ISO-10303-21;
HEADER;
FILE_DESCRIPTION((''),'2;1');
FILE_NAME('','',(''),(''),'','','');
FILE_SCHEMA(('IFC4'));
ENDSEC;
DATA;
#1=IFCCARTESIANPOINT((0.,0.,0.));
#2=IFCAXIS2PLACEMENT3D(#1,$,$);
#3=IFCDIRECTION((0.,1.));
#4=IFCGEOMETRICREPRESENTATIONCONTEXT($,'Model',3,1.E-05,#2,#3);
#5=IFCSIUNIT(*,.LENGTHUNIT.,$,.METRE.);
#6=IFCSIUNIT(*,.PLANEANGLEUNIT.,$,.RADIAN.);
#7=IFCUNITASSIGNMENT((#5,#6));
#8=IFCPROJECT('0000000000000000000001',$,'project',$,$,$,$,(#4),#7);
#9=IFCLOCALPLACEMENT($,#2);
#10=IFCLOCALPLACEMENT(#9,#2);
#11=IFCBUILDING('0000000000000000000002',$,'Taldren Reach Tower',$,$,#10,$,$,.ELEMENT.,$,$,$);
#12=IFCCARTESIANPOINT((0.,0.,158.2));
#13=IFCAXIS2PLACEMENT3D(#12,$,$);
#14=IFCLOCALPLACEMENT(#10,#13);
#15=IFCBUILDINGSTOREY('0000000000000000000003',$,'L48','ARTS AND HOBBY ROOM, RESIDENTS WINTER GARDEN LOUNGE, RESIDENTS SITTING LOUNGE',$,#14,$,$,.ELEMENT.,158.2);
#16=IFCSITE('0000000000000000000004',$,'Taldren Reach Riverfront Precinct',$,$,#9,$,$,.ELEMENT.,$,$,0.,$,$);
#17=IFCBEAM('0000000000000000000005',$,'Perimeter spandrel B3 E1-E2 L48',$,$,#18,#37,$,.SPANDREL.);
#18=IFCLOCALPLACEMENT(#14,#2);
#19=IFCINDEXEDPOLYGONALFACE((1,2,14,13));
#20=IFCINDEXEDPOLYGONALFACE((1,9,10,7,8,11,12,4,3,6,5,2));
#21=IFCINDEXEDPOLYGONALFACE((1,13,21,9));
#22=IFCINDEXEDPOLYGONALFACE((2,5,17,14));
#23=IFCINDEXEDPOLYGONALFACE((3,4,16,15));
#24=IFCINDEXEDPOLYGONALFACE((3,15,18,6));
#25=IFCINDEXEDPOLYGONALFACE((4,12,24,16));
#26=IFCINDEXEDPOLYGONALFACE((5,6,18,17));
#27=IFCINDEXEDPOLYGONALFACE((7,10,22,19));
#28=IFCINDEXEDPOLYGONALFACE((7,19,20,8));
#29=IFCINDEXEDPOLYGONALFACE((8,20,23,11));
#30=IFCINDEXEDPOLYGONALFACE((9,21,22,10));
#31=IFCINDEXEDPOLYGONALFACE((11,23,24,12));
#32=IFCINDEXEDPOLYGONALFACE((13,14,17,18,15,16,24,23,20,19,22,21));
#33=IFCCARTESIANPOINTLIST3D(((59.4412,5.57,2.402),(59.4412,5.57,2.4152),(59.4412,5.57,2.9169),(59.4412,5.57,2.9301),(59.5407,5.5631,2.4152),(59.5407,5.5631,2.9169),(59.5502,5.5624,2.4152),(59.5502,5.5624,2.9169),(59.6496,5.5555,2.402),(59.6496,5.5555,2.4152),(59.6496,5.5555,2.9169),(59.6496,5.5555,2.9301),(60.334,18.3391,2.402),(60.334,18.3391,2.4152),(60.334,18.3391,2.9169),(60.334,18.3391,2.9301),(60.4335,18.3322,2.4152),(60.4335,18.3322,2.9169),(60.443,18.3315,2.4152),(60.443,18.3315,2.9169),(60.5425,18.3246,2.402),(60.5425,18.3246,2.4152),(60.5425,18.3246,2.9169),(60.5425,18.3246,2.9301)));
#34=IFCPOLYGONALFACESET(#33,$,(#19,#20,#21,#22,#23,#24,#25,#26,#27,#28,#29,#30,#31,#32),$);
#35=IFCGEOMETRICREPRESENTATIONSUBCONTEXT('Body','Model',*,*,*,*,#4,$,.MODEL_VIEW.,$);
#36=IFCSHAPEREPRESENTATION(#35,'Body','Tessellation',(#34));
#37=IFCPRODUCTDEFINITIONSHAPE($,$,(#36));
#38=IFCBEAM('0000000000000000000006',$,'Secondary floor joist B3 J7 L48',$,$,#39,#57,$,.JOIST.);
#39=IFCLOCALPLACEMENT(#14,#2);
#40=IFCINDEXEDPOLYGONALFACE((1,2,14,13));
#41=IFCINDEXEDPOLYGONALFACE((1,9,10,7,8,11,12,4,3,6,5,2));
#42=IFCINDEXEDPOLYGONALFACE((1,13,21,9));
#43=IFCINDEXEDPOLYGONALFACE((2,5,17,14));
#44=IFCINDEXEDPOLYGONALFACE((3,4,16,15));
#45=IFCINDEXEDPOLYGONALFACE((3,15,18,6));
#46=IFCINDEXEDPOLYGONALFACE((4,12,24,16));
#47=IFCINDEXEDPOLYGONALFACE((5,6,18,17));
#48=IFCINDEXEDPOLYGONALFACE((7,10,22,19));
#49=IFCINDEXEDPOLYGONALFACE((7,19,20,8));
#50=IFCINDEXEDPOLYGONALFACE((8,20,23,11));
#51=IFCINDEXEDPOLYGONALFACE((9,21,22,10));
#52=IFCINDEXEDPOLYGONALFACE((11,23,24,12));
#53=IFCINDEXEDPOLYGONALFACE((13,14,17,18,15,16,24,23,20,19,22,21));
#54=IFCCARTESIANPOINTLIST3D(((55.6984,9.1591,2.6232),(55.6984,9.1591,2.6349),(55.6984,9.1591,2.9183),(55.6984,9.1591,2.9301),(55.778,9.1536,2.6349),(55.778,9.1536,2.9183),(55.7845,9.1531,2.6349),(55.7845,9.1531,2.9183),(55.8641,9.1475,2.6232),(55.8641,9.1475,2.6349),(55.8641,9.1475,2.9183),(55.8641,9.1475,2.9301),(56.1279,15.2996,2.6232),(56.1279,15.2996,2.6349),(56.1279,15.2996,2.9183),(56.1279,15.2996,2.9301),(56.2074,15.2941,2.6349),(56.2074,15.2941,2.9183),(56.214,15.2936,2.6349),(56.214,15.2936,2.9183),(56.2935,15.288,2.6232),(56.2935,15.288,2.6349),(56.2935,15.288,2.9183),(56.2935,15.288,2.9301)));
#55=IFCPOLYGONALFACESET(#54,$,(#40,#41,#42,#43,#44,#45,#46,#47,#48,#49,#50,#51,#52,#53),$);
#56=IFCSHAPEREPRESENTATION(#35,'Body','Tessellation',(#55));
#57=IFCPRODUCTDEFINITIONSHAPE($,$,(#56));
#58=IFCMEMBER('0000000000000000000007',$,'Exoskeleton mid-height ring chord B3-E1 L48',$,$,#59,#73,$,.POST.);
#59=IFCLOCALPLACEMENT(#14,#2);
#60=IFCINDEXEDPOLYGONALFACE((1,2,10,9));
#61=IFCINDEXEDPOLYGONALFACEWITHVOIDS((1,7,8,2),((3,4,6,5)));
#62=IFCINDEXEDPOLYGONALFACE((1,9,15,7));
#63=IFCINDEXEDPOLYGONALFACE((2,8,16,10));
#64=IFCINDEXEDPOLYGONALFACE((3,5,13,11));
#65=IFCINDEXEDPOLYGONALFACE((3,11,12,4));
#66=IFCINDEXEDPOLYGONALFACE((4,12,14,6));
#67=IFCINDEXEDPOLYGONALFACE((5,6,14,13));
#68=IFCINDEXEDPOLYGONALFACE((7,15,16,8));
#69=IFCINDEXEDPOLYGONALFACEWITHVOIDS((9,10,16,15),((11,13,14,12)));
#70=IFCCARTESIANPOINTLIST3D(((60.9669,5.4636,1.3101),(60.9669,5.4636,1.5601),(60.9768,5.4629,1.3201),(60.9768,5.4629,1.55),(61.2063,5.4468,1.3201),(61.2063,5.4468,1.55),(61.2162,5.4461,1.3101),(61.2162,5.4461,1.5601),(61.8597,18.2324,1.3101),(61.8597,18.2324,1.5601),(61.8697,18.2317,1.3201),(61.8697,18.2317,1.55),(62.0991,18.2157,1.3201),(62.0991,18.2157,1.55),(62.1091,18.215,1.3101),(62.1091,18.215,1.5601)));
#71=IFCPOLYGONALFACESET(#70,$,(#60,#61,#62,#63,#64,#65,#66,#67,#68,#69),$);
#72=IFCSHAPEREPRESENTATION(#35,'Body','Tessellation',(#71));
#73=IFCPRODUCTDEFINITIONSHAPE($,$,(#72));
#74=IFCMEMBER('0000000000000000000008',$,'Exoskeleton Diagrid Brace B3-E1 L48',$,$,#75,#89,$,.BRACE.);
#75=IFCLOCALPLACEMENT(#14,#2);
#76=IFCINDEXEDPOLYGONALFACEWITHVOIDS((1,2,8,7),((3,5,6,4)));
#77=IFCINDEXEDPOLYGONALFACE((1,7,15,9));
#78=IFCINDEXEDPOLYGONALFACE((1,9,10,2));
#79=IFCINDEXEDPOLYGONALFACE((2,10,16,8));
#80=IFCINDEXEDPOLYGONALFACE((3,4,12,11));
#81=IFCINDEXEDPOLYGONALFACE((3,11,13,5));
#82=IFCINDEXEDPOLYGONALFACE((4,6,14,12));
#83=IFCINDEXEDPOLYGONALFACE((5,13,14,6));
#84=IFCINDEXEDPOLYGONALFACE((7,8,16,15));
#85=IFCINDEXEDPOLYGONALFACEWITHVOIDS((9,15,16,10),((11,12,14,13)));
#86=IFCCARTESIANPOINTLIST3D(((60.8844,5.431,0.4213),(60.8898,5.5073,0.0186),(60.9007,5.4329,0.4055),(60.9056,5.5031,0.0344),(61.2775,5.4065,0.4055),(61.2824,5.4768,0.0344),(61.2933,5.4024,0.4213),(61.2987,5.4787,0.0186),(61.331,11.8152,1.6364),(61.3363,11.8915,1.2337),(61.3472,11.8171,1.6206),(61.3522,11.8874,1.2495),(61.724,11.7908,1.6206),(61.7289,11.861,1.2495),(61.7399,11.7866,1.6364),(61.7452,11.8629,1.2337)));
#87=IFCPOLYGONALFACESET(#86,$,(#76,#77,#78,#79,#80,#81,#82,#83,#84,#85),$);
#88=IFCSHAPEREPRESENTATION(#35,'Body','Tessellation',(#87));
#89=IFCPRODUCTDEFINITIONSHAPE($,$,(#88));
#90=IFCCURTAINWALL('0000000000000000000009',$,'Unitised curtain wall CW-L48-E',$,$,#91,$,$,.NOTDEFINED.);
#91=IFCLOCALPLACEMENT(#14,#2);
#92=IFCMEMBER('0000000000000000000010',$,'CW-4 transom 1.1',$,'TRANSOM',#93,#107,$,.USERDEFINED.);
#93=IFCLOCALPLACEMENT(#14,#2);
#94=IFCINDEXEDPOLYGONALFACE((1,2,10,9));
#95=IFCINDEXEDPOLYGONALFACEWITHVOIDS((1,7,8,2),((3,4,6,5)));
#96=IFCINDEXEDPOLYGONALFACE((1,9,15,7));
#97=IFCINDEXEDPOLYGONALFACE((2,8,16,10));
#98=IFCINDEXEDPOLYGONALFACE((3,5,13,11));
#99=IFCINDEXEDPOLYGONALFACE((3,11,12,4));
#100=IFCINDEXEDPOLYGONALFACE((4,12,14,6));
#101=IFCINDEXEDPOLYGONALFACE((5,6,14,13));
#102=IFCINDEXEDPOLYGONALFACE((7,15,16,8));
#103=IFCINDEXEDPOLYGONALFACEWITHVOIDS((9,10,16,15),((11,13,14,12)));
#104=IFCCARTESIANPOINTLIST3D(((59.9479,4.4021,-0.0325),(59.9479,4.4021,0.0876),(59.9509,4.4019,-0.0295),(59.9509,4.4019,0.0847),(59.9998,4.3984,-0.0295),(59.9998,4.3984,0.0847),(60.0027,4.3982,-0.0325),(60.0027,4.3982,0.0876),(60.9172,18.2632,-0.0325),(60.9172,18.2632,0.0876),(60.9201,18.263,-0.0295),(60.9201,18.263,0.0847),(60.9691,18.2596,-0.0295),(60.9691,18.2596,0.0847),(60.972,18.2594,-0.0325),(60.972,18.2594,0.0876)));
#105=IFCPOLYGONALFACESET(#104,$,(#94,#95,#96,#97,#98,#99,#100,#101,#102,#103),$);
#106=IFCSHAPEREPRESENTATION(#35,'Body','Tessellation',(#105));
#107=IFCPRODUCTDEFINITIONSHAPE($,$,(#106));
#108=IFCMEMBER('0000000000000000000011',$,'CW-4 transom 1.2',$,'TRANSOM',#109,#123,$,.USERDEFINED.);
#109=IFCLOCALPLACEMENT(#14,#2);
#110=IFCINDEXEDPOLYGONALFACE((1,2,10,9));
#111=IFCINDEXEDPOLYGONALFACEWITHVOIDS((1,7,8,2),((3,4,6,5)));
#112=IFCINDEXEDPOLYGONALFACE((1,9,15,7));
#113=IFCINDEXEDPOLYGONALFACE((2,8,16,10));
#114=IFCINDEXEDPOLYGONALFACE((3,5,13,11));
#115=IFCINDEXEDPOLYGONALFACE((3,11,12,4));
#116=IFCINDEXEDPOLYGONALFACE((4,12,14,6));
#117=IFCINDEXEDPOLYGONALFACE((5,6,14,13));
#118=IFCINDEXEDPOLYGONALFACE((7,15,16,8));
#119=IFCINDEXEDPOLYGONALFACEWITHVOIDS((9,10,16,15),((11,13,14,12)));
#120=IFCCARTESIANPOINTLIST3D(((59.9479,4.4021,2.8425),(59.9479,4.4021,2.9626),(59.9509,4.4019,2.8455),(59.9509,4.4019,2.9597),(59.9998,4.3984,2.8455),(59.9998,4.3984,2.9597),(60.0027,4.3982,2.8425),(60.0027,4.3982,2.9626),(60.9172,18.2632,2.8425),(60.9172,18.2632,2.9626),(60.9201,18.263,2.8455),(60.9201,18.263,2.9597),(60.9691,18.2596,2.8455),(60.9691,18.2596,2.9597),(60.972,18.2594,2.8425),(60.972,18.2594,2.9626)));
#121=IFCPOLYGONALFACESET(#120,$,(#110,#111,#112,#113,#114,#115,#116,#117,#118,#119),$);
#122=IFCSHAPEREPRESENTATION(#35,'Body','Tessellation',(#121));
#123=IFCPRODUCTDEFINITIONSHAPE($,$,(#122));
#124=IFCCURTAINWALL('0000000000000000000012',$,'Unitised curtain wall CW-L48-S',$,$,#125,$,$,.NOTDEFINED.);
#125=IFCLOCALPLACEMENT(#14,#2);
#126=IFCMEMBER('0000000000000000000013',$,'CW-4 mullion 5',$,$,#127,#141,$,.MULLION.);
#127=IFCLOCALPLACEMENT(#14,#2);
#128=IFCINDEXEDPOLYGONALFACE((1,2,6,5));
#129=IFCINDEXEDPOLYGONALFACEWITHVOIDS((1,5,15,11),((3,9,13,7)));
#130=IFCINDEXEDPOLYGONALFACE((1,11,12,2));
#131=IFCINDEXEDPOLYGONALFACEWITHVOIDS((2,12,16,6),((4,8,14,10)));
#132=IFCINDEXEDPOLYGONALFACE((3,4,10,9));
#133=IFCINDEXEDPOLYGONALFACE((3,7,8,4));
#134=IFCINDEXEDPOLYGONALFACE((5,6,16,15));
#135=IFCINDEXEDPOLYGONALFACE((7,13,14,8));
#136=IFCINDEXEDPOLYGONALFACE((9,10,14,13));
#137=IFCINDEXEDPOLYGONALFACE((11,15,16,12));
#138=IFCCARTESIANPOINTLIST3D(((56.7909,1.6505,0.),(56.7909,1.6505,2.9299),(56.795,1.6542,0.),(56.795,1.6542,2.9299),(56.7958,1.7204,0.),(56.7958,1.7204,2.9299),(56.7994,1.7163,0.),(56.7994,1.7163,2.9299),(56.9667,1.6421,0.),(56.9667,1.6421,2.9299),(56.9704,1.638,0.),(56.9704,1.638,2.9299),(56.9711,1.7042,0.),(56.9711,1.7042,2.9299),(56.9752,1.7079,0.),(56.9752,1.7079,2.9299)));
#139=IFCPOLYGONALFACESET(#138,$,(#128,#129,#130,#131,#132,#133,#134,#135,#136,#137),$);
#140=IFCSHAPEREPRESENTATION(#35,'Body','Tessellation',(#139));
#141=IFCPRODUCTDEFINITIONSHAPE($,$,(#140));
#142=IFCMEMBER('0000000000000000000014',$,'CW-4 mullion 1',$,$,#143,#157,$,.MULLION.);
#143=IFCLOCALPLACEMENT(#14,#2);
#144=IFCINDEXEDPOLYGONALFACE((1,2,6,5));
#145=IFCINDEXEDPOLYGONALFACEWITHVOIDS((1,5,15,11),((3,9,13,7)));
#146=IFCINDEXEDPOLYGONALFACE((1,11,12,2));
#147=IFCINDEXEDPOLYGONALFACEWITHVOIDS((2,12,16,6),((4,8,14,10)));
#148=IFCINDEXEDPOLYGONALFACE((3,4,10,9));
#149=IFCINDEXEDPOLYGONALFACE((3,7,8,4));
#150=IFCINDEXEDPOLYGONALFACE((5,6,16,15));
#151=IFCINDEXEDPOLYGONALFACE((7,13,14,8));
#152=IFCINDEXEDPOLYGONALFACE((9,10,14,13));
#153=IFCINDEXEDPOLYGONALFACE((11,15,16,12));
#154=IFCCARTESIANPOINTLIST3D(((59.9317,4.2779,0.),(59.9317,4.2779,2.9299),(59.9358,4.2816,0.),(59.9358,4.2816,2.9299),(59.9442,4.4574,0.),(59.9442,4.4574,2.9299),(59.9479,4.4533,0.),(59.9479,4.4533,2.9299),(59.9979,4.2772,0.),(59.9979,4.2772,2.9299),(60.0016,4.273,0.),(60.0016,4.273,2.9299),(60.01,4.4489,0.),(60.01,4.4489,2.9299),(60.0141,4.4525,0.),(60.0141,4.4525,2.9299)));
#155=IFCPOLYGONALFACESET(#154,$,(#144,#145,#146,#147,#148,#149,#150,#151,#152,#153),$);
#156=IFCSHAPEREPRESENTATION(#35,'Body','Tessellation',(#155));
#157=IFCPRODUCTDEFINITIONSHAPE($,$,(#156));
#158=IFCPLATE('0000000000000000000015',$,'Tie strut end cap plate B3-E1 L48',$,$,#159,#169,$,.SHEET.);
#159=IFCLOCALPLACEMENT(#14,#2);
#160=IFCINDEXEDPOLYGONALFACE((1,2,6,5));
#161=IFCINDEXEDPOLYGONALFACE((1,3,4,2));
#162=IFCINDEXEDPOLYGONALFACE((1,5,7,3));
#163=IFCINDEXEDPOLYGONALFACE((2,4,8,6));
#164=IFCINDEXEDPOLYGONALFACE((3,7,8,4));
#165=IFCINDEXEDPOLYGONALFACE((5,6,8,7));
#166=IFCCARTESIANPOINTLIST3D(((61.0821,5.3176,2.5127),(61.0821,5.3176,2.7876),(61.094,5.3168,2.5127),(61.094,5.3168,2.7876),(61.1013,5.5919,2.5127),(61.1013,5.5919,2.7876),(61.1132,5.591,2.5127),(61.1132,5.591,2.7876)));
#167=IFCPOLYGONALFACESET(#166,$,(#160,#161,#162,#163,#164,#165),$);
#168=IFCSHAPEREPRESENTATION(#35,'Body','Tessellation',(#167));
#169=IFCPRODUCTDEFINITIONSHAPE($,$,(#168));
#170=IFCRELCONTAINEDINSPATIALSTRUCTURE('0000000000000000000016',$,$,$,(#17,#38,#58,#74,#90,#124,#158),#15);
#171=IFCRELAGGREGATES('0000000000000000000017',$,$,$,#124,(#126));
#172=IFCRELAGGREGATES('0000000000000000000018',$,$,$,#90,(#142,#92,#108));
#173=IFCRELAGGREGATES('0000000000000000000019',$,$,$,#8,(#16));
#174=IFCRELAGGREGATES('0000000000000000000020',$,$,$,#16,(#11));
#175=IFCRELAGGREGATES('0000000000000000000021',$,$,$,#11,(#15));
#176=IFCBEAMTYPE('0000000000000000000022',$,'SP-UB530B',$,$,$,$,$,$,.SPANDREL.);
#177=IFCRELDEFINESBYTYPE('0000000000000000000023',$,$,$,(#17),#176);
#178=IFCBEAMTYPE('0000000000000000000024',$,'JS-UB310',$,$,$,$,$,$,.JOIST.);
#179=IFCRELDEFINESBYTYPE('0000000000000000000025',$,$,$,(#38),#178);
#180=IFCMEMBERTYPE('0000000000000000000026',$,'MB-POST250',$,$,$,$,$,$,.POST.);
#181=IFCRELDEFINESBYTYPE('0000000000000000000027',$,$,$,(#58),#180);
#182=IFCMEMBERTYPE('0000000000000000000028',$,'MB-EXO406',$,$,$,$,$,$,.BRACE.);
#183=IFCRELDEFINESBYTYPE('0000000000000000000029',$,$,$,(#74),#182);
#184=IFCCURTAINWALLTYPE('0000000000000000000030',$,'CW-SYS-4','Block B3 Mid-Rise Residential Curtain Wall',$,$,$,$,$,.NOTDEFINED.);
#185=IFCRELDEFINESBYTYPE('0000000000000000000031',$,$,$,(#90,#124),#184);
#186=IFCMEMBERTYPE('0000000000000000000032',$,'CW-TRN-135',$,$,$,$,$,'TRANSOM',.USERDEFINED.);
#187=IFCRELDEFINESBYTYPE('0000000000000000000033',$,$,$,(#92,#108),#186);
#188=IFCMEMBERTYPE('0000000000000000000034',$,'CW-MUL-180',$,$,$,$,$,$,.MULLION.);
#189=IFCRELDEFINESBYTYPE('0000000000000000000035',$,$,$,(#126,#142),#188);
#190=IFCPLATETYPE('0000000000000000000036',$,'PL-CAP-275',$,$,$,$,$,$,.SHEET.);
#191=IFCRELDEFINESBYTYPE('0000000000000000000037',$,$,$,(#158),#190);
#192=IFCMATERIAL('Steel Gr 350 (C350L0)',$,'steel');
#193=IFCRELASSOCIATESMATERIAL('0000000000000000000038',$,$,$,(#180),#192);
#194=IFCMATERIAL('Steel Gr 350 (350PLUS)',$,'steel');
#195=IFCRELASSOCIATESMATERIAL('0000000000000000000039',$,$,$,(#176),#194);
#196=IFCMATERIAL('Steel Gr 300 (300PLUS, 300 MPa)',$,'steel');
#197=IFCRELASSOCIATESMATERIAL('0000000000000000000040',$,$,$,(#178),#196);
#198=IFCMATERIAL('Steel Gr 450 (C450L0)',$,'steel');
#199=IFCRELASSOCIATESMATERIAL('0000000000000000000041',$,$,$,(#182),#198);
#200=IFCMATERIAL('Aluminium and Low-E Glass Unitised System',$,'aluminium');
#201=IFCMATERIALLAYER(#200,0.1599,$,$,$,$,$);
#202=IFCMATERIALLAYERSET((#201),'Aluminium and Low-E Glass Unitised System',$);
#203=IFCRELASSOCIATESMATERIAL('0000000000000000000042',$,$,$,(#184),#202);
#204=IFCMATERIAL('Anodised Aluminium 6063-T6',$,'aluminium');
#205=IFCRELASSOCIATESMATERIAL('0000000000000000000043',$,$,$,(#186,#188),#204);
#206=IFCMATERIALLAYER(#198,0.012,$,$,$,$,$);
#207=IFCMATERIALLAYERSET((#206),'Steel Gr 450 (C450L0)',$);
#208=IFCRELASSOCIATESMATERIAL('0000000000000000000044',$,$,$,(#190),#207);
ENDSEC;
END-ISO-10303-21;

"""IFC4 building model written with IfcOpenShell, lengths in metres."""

from ifc_helpers import new_model, si_unit, direction, frame, origin, origin_2d, place, context, subcontext, project, spatial, rectangle, hollow_rectangle, i_section, extrude, source, transform, mapped, material, layer, layer_set, material_profile, profile_set, type_object, element, aggregate, save


model = new_model("IFC4")

# Units and contexts
model_context = context("Model", 3, precision=1e-05, world=origin(), true_north=direction((0.0, 1.0)))
body_context = subcontext(model_context, "Body", "Model", "MODEL_VIEW")
ifc_project = project(units=[si_unit("LENGTHUNIT", "METRE"), si_unit("PLANEANGLEUNIT", "RADIAN")], contexts=[model_context])

# Site, building, storey
site_placement = place(None, origin())
site = spatial("IfcSite", under=ifc_project, at=site_placement, Name="Taldren Reach Riverfront Precinct", CompositionType="ELEMENT", RefElevation=0.0)
building_placement = place(site_placement, origin())
building = spatial("IfcBuilding", under=site, at=building_placement, Name="Taldren Reach Tower", CompositionType="ELEMENT")
storey_placement = place(building_placement, frame((0.0, 0.0, 158.2)))
storey = spatial("IfcBuildingStorey", under=building, at=storey_placement, Name="L48", Description="ARTS AND HOBBY ROOM, RESIDENTS WINTER GARDEN LOUNGE, RESIDENTS SITTING LOUNGE", CompositionType="ELEMENT", Elevation=158.2)

# Shared definitions
ifc_material_1 = material(Name="Steel Gr 450 (C450L0)", Category="steel")
ifc_material_2 = material(Name="Steel Gr 350 (350PLUS)", Category="steel")

# Shared definitions
ifc_material_3 = material(Name="Steel Gr 350 (C350L0)", Category="steel")
ifc_material_profile_1 = material_profile(ifc_material_3, hollow_rectangle(XDim=0.25, YDim=0.25, WallThickness=0.01, at=origin_2d()), Name="250x250x10.0SHS")
ifc_profile_set_1 = profile_set([ifc_material_profile_1], Name="Steel Gr 350 (C350L0)")
member_type_1 = type_object("IfcMemberType", Name="MB-POST250", PredefinedType="POST", material=ifc_profile_set_1)

# Beams
ifc_material_profile_2 = material_profile(ifc_material_2, i_section(OverallWidth=0.209, OverallDepth=0.5281, WebThickness=0.0095, FlangeThickness=0.0132, at=origin_2d()), Name="530UB82.0")
ifc_profile_set_2 = profile_set([ifc_material_profile_2], Name="Steel Gr 350 (350PLUS)")
beam_type_1 = type_object("IfcBeamType", Name="SP-UB530B", PredefinedType="SPANDREL", material=ifc_profile_set_2)
shared_shape_1 = source(origin(), body_context, "Body", "SweptSolid", [
    extrude(i_section(OverallWidth=0.209, OverallDepth=0.5281, WebThickness=0.0095, FlangeThickness=0.0132, at=origin_2d()), origin(), (0.0, 0.0, 1.0), 12.8003),
])
beam_1_placement = place(storey_placement, frame((59.5454, 5.5627, 2.666), z_axis=(0.069751, 0.997564, 0.0), x_axis=(-0.997564, 0.069751, 0.0)))
element("IfcBeam", 1, at=beam_1_placement, inside=storey, type_object=beam_type_1, Name="Perimeter spandrel B3 E1-E2 L48", PredefinedType="SPANDREL", context=body_context, shape_type="MappedRepresentation", body=[
    mapped(shared_shape_1, transform((0.0, 0.0, 0.0), scale=1.0)),
])
ifc_material_4 = material(Name="Steel Gr 300 (300PLUS, 300 MPa)", Category="steel")
ifc_material_profile_3 = material_profile(ifc_material_4, i_section(OverallWidth=0.166, OverallDepth=0.3069, WebThickness=0.0066, FlangeThickness=0.0117, at=origin_2d()), Name="310UB46.2")
ifc_profile_set_3 = profile_set([ifc_material_profile_3], Name="Steel Gr 300 (300PLUS, 300 MPa)")
beam_type_2 = type_object("IfcBeamType", Name="JS-UB310", PredefinedType="JOIST", material=ifc_profile_set_3)
shared_shape_2 = source(origin(), body_context, "Body", "SweptSolid", [
    extrude(i_section(OverallWidth=0.166, OverallDepth=0.3069, WebThickness=0.0066, FlangeThickness=0.0117, at=origin_2d()), origin(), (0.0, 0.0, 1.0), 6.1555),
])
beam_2_placement = place(storey_placement, frame((55.7812, 9.1533, 2.7766), z_axis=(0.069764, 0.997563, 0.0), x_axis=(-0.997563, 0.069764, 0.0)))
element("IfcBeam", 2, at=beam_2_placement, inside=storey, type_object=beam_type_2, Name="Secondary floor joist B3 J7 L48", PredefinedType="JOIST", context=body_context, shape_type="MappedRepresentation", body=[
    mapped(shared_shape_2, transform((0.0, 0.0, 0.0), scale=1.0)),
])

# Members
shared_shape_3 = source(origin(), body_context, "Body", "SweptSolid", [
    extrude(hollow_rectangle(XDim=0.25, YDim=0.25, WallThickness=0.01, at=origin_2d()), origin(), (0.0, 0.0, 1.0), 12.8),
])
member_1_placement = place(storey_placement, frame((61.0916, 5.4548, 1.4351), z_axis=(0.069752, 0.997564, 0.0), x_axis=(-0.997564, 0.069752, 0.0)))
element("IfcMember", 3, at=member_1_placement, inside=storey, type_object=member_type_1, Name="Exoskeleton mid-height ring chord B3-E1 L48", PredefinedType="POST", context=body_context, shape_type="MappedRepresentation", body=[
    mapped(shared_shape_3, transform((0.0, 0.0, 0.0), scale=1.0)),
])
ifc_material_profile_4 = material_profile(ifc_material_1, hollow_rectangle(XDim=0.4099, YDim=0.4099, WallThickness=0.0161, at=origin_2d()), Name="410x410x16.0SHS")
ifc_profile_set_4 = profile_set([ifc_material_profile_4], Name="Steel Gr 450 (C450L0)")
member_type_2 = type_object("IfcMemberType", Name="MB-EXO406", PredefinedType="BRACE", material=ifc_profile_set_4)
shared_shape_4 = source(origin(), body_context, "Body", "SweptSolid", [
    extrude(hollow_rectangle(XDim=0.4099, YDim=0.4099, WallThickness=0.0161, at=origin_2d()), origin(), (0.0, 0.0, 1.0), 6.5142),
])
member_2_placement = place(storey_placement, frame((61.0916, 5.4548, 0.22), z_axis=(0.068548, 0.980055, 0.186529), x_axis=(-0.997563, 0.069772, 0.0)))
element("IfcMember", 4, at=member_2_placement, inside=storey, type_object=member_type_2, Name="Exoskeleton Diagrid Brace B3-E1 L48", PredefinedType="BRACE", context=body_context, shape_type="MappedRepresentation", body=[
    mapped(shared_shape_4, transform((0.0, 0.0, 0.0), scale=1.0)),
])

# Curtain wall, members
ifc_material_5 = material(Name="Aluminium and Low-E Glass Unitised System", Category="aluminium")
ifc_layer_1 = layer(ifc_material_5, 0.1599)
ifc_layer_set_1 = layer_set([ifc_layer_1], Name="Aluminium and Low-E Glass Unitised System")
curtain_wall_type = type_object("IfcCurtainWallType", Name="CW-SYS-4", Description="Block B3 Mid-Rise Residential Curtain Wall", PredefinedType="NOTDEFINED", material=ifc_layer_set_1)
curtain_wall_1_placement = place(storey_placement, origin())
curtain_wall_1 = element("IfcCurtainWall", 5, at=curtain_wall_1_placement, inside=storey, type_object=curtain_wall_type, Name="Unitised curtain wall CW-L48-E", PredefinedType="NOTDEFINED")
ifc_material_6 = material(Name="Anodised Aluminium 6063-T6", Category="aluminium")
ifc_material_profile_5 = material_profile(ifc_material_6, hollow_rectangle(XDim=0.0549, YDim=0.1201, WallThickness=0.0029, at=origin_2d()), Name="ALU-120x55x3RHS")
ifc_profile_set_5 = profile_set([ifc_material_profile_5], Name="Anodised Aluminium 6063-T6")
member_type_3 = type_object("IfcMemberType", Name="CW-TRN-135", ElementType="TRANSOM", PredefinedType="USERDEFINED", material=ifc_profile_set_5)
shared_shape_5 = source(origin(), body_context, "Body", "SweptSolid", [
    extrude(hollow_rectangle(XDim=0.0549, YDim=0.1201, WallThickness=0.0029, at=origin_2d()), origin(), (0.0, 0.0, 1.0), 13.895),
])
member_3_placement = place(storey_placement, frame((59.9753, 4.4001, 0.0276), z_axis=(0.069755, 0.997564, 0.0), x_axis=(-0.997564, 0.069755, 0.0)))
member_3 = element("IfcMember", 6, at=member_3_placement, type_object=member_type_3, Name="CW-4 transom 1.1", ObjectType="TRANSOM", PredefinedType="USERDEFINED", context=body_context, shape_type="MappedRepresentation", body=[
    mapped(shared_shape_5, transform((0.0, 0.0, 0.0), scale=1.0)),
])
member_4_placement = place(storey_placement, frame((59.9753, 4.4001, 2.9026), z_axis=(0.069755, 0.997564, 0.0), x_axis=(-0.997564, 0.069755, 0.0)))
member_4 = element("IfcMember", 7, at=member_4_placement, type_object=member_type_3, Name="CW-4 transom 1.2", ObjectType="TRANSOM", PredefinedType="USERDEFINED", context=body_context, shape_type="MappedRepresentation", body=[
    mapped(shared_shape_5, transform((0.0, 0.0, 0.0), scale=1.0)),
])

# Curtain wall, member
curtain_wall_2_placement = place(storey_placement, origin())
curtain_wall_2 = element("IfcCurtainWall", 8, at=curtain_wall_2_placement, inside=storey, type_object=curtain_wall_type, Name="Unitised curtain wall CW-L48-S", PredefinedType="NOTDEFINED")
ifc_material_profile_6 = material_profile(ifc_material_6, hollow_rectangle(XDim=0.0701, YDim=0.1799, WallThickness=0.0039, at=origin_2d()), Name="ALU-180x70x4RHS")
ifc_profile_set_6 = profile_set([ifc_material_profile_6], Name="Anodised Aluminium 6063-T6")
member_type_4 = type_object("IfcMemberType", Name="CW-MUL-180", PredefinedType="MULLION", material=ifc_profile_set_6)
shared_shape_6 = source(origin(), body_context, "Body", "SweptSolid", [
    extrude(hollow_rectangle(XDim=0.0701, YDim=0.1799, WallThickness=0.0039, at=origin_2d()), origin(), (0.0, 0.0, 1.0), 2.9299),
])
member_5_placement = place(storey_placement, frame((56.8831, 1.6792, 0.0), z_axis=(0.0, 0.0, 1.0), x_axis=(0.069757, 0.997564, 0.0)))
member_5 = element("IfcMember", 9, at=member_5_placement, type_object=member_type_4, Name="CW-4 mullion 5", PredefinedType="MULLION", context=body_context, shape_type="MappedRepresentation", body=[
    mapped(shared_shape_6, transform((0.0, 0.0, 0.0), scale=1.0)),
])

# Member
member_6_placement = place(storey_placement, frame((59.9729, 4.3652, 0.0), z_axis=(0.0, 0.0, 1.0), x_axis=(-0.997564, 0.069756, 0.0)))
member_6 = element("IfcMember", 10, at=member_6_placement, type_object=member_type_4, Name="CW-4 mullion 1", PredefinedType="MULLION", context=body_context, shape_type="MappedRepresentation", body=[
    mapped(shared_shape_6, transform((0.0, 0.0, 0.0), scale=1.0)),
])

# Plate
ifc_layer_2 = layer(ifc_material_1, 0.012)
ifc_layer_set_2 = layer_set([ifc_layer_2], Name="Steel Gr 450 (C450L0)")
plate_type_1 = type_object("IfcPlateType", Name="PL-CAP-275", PredefinedType="SHEET", material=ifc_layer_set_2)
shared_shape_7 = source(origin(), body_context, "Body", "SweptSolid", [
    extrude(rectangle(XDim=0.012, YDim=0.2749, at=origin_2d()), origin(), (0.0, 0.0, 1.0), 0.2749),
])
plate_1_placement = place(storey_placement, frame((61.0977, 5.4543, 2.5127), z_axis=(0.0, 0.0, 1.0), x_axis=(0.997564, -0.069756, 0.0)))
element("IfcPlate", 11, at=plate_1_placement, inside=storey, type_object=plate_type_1, Name="Tie strut end cap plate B3-E1 L48", PredefinedType="SHEET", context=body_context, shape_type="MappedRepresentation", body=[
    mapped(shared_shape_7, transform((0.0, 0.0, 0.0), scale=1.0)),
])

aggregate(curtain_wall_2, [member_5])
aggregate(curtain_wall_1, [member_6, member_3, member_4])

save(model, "model.ifc")
